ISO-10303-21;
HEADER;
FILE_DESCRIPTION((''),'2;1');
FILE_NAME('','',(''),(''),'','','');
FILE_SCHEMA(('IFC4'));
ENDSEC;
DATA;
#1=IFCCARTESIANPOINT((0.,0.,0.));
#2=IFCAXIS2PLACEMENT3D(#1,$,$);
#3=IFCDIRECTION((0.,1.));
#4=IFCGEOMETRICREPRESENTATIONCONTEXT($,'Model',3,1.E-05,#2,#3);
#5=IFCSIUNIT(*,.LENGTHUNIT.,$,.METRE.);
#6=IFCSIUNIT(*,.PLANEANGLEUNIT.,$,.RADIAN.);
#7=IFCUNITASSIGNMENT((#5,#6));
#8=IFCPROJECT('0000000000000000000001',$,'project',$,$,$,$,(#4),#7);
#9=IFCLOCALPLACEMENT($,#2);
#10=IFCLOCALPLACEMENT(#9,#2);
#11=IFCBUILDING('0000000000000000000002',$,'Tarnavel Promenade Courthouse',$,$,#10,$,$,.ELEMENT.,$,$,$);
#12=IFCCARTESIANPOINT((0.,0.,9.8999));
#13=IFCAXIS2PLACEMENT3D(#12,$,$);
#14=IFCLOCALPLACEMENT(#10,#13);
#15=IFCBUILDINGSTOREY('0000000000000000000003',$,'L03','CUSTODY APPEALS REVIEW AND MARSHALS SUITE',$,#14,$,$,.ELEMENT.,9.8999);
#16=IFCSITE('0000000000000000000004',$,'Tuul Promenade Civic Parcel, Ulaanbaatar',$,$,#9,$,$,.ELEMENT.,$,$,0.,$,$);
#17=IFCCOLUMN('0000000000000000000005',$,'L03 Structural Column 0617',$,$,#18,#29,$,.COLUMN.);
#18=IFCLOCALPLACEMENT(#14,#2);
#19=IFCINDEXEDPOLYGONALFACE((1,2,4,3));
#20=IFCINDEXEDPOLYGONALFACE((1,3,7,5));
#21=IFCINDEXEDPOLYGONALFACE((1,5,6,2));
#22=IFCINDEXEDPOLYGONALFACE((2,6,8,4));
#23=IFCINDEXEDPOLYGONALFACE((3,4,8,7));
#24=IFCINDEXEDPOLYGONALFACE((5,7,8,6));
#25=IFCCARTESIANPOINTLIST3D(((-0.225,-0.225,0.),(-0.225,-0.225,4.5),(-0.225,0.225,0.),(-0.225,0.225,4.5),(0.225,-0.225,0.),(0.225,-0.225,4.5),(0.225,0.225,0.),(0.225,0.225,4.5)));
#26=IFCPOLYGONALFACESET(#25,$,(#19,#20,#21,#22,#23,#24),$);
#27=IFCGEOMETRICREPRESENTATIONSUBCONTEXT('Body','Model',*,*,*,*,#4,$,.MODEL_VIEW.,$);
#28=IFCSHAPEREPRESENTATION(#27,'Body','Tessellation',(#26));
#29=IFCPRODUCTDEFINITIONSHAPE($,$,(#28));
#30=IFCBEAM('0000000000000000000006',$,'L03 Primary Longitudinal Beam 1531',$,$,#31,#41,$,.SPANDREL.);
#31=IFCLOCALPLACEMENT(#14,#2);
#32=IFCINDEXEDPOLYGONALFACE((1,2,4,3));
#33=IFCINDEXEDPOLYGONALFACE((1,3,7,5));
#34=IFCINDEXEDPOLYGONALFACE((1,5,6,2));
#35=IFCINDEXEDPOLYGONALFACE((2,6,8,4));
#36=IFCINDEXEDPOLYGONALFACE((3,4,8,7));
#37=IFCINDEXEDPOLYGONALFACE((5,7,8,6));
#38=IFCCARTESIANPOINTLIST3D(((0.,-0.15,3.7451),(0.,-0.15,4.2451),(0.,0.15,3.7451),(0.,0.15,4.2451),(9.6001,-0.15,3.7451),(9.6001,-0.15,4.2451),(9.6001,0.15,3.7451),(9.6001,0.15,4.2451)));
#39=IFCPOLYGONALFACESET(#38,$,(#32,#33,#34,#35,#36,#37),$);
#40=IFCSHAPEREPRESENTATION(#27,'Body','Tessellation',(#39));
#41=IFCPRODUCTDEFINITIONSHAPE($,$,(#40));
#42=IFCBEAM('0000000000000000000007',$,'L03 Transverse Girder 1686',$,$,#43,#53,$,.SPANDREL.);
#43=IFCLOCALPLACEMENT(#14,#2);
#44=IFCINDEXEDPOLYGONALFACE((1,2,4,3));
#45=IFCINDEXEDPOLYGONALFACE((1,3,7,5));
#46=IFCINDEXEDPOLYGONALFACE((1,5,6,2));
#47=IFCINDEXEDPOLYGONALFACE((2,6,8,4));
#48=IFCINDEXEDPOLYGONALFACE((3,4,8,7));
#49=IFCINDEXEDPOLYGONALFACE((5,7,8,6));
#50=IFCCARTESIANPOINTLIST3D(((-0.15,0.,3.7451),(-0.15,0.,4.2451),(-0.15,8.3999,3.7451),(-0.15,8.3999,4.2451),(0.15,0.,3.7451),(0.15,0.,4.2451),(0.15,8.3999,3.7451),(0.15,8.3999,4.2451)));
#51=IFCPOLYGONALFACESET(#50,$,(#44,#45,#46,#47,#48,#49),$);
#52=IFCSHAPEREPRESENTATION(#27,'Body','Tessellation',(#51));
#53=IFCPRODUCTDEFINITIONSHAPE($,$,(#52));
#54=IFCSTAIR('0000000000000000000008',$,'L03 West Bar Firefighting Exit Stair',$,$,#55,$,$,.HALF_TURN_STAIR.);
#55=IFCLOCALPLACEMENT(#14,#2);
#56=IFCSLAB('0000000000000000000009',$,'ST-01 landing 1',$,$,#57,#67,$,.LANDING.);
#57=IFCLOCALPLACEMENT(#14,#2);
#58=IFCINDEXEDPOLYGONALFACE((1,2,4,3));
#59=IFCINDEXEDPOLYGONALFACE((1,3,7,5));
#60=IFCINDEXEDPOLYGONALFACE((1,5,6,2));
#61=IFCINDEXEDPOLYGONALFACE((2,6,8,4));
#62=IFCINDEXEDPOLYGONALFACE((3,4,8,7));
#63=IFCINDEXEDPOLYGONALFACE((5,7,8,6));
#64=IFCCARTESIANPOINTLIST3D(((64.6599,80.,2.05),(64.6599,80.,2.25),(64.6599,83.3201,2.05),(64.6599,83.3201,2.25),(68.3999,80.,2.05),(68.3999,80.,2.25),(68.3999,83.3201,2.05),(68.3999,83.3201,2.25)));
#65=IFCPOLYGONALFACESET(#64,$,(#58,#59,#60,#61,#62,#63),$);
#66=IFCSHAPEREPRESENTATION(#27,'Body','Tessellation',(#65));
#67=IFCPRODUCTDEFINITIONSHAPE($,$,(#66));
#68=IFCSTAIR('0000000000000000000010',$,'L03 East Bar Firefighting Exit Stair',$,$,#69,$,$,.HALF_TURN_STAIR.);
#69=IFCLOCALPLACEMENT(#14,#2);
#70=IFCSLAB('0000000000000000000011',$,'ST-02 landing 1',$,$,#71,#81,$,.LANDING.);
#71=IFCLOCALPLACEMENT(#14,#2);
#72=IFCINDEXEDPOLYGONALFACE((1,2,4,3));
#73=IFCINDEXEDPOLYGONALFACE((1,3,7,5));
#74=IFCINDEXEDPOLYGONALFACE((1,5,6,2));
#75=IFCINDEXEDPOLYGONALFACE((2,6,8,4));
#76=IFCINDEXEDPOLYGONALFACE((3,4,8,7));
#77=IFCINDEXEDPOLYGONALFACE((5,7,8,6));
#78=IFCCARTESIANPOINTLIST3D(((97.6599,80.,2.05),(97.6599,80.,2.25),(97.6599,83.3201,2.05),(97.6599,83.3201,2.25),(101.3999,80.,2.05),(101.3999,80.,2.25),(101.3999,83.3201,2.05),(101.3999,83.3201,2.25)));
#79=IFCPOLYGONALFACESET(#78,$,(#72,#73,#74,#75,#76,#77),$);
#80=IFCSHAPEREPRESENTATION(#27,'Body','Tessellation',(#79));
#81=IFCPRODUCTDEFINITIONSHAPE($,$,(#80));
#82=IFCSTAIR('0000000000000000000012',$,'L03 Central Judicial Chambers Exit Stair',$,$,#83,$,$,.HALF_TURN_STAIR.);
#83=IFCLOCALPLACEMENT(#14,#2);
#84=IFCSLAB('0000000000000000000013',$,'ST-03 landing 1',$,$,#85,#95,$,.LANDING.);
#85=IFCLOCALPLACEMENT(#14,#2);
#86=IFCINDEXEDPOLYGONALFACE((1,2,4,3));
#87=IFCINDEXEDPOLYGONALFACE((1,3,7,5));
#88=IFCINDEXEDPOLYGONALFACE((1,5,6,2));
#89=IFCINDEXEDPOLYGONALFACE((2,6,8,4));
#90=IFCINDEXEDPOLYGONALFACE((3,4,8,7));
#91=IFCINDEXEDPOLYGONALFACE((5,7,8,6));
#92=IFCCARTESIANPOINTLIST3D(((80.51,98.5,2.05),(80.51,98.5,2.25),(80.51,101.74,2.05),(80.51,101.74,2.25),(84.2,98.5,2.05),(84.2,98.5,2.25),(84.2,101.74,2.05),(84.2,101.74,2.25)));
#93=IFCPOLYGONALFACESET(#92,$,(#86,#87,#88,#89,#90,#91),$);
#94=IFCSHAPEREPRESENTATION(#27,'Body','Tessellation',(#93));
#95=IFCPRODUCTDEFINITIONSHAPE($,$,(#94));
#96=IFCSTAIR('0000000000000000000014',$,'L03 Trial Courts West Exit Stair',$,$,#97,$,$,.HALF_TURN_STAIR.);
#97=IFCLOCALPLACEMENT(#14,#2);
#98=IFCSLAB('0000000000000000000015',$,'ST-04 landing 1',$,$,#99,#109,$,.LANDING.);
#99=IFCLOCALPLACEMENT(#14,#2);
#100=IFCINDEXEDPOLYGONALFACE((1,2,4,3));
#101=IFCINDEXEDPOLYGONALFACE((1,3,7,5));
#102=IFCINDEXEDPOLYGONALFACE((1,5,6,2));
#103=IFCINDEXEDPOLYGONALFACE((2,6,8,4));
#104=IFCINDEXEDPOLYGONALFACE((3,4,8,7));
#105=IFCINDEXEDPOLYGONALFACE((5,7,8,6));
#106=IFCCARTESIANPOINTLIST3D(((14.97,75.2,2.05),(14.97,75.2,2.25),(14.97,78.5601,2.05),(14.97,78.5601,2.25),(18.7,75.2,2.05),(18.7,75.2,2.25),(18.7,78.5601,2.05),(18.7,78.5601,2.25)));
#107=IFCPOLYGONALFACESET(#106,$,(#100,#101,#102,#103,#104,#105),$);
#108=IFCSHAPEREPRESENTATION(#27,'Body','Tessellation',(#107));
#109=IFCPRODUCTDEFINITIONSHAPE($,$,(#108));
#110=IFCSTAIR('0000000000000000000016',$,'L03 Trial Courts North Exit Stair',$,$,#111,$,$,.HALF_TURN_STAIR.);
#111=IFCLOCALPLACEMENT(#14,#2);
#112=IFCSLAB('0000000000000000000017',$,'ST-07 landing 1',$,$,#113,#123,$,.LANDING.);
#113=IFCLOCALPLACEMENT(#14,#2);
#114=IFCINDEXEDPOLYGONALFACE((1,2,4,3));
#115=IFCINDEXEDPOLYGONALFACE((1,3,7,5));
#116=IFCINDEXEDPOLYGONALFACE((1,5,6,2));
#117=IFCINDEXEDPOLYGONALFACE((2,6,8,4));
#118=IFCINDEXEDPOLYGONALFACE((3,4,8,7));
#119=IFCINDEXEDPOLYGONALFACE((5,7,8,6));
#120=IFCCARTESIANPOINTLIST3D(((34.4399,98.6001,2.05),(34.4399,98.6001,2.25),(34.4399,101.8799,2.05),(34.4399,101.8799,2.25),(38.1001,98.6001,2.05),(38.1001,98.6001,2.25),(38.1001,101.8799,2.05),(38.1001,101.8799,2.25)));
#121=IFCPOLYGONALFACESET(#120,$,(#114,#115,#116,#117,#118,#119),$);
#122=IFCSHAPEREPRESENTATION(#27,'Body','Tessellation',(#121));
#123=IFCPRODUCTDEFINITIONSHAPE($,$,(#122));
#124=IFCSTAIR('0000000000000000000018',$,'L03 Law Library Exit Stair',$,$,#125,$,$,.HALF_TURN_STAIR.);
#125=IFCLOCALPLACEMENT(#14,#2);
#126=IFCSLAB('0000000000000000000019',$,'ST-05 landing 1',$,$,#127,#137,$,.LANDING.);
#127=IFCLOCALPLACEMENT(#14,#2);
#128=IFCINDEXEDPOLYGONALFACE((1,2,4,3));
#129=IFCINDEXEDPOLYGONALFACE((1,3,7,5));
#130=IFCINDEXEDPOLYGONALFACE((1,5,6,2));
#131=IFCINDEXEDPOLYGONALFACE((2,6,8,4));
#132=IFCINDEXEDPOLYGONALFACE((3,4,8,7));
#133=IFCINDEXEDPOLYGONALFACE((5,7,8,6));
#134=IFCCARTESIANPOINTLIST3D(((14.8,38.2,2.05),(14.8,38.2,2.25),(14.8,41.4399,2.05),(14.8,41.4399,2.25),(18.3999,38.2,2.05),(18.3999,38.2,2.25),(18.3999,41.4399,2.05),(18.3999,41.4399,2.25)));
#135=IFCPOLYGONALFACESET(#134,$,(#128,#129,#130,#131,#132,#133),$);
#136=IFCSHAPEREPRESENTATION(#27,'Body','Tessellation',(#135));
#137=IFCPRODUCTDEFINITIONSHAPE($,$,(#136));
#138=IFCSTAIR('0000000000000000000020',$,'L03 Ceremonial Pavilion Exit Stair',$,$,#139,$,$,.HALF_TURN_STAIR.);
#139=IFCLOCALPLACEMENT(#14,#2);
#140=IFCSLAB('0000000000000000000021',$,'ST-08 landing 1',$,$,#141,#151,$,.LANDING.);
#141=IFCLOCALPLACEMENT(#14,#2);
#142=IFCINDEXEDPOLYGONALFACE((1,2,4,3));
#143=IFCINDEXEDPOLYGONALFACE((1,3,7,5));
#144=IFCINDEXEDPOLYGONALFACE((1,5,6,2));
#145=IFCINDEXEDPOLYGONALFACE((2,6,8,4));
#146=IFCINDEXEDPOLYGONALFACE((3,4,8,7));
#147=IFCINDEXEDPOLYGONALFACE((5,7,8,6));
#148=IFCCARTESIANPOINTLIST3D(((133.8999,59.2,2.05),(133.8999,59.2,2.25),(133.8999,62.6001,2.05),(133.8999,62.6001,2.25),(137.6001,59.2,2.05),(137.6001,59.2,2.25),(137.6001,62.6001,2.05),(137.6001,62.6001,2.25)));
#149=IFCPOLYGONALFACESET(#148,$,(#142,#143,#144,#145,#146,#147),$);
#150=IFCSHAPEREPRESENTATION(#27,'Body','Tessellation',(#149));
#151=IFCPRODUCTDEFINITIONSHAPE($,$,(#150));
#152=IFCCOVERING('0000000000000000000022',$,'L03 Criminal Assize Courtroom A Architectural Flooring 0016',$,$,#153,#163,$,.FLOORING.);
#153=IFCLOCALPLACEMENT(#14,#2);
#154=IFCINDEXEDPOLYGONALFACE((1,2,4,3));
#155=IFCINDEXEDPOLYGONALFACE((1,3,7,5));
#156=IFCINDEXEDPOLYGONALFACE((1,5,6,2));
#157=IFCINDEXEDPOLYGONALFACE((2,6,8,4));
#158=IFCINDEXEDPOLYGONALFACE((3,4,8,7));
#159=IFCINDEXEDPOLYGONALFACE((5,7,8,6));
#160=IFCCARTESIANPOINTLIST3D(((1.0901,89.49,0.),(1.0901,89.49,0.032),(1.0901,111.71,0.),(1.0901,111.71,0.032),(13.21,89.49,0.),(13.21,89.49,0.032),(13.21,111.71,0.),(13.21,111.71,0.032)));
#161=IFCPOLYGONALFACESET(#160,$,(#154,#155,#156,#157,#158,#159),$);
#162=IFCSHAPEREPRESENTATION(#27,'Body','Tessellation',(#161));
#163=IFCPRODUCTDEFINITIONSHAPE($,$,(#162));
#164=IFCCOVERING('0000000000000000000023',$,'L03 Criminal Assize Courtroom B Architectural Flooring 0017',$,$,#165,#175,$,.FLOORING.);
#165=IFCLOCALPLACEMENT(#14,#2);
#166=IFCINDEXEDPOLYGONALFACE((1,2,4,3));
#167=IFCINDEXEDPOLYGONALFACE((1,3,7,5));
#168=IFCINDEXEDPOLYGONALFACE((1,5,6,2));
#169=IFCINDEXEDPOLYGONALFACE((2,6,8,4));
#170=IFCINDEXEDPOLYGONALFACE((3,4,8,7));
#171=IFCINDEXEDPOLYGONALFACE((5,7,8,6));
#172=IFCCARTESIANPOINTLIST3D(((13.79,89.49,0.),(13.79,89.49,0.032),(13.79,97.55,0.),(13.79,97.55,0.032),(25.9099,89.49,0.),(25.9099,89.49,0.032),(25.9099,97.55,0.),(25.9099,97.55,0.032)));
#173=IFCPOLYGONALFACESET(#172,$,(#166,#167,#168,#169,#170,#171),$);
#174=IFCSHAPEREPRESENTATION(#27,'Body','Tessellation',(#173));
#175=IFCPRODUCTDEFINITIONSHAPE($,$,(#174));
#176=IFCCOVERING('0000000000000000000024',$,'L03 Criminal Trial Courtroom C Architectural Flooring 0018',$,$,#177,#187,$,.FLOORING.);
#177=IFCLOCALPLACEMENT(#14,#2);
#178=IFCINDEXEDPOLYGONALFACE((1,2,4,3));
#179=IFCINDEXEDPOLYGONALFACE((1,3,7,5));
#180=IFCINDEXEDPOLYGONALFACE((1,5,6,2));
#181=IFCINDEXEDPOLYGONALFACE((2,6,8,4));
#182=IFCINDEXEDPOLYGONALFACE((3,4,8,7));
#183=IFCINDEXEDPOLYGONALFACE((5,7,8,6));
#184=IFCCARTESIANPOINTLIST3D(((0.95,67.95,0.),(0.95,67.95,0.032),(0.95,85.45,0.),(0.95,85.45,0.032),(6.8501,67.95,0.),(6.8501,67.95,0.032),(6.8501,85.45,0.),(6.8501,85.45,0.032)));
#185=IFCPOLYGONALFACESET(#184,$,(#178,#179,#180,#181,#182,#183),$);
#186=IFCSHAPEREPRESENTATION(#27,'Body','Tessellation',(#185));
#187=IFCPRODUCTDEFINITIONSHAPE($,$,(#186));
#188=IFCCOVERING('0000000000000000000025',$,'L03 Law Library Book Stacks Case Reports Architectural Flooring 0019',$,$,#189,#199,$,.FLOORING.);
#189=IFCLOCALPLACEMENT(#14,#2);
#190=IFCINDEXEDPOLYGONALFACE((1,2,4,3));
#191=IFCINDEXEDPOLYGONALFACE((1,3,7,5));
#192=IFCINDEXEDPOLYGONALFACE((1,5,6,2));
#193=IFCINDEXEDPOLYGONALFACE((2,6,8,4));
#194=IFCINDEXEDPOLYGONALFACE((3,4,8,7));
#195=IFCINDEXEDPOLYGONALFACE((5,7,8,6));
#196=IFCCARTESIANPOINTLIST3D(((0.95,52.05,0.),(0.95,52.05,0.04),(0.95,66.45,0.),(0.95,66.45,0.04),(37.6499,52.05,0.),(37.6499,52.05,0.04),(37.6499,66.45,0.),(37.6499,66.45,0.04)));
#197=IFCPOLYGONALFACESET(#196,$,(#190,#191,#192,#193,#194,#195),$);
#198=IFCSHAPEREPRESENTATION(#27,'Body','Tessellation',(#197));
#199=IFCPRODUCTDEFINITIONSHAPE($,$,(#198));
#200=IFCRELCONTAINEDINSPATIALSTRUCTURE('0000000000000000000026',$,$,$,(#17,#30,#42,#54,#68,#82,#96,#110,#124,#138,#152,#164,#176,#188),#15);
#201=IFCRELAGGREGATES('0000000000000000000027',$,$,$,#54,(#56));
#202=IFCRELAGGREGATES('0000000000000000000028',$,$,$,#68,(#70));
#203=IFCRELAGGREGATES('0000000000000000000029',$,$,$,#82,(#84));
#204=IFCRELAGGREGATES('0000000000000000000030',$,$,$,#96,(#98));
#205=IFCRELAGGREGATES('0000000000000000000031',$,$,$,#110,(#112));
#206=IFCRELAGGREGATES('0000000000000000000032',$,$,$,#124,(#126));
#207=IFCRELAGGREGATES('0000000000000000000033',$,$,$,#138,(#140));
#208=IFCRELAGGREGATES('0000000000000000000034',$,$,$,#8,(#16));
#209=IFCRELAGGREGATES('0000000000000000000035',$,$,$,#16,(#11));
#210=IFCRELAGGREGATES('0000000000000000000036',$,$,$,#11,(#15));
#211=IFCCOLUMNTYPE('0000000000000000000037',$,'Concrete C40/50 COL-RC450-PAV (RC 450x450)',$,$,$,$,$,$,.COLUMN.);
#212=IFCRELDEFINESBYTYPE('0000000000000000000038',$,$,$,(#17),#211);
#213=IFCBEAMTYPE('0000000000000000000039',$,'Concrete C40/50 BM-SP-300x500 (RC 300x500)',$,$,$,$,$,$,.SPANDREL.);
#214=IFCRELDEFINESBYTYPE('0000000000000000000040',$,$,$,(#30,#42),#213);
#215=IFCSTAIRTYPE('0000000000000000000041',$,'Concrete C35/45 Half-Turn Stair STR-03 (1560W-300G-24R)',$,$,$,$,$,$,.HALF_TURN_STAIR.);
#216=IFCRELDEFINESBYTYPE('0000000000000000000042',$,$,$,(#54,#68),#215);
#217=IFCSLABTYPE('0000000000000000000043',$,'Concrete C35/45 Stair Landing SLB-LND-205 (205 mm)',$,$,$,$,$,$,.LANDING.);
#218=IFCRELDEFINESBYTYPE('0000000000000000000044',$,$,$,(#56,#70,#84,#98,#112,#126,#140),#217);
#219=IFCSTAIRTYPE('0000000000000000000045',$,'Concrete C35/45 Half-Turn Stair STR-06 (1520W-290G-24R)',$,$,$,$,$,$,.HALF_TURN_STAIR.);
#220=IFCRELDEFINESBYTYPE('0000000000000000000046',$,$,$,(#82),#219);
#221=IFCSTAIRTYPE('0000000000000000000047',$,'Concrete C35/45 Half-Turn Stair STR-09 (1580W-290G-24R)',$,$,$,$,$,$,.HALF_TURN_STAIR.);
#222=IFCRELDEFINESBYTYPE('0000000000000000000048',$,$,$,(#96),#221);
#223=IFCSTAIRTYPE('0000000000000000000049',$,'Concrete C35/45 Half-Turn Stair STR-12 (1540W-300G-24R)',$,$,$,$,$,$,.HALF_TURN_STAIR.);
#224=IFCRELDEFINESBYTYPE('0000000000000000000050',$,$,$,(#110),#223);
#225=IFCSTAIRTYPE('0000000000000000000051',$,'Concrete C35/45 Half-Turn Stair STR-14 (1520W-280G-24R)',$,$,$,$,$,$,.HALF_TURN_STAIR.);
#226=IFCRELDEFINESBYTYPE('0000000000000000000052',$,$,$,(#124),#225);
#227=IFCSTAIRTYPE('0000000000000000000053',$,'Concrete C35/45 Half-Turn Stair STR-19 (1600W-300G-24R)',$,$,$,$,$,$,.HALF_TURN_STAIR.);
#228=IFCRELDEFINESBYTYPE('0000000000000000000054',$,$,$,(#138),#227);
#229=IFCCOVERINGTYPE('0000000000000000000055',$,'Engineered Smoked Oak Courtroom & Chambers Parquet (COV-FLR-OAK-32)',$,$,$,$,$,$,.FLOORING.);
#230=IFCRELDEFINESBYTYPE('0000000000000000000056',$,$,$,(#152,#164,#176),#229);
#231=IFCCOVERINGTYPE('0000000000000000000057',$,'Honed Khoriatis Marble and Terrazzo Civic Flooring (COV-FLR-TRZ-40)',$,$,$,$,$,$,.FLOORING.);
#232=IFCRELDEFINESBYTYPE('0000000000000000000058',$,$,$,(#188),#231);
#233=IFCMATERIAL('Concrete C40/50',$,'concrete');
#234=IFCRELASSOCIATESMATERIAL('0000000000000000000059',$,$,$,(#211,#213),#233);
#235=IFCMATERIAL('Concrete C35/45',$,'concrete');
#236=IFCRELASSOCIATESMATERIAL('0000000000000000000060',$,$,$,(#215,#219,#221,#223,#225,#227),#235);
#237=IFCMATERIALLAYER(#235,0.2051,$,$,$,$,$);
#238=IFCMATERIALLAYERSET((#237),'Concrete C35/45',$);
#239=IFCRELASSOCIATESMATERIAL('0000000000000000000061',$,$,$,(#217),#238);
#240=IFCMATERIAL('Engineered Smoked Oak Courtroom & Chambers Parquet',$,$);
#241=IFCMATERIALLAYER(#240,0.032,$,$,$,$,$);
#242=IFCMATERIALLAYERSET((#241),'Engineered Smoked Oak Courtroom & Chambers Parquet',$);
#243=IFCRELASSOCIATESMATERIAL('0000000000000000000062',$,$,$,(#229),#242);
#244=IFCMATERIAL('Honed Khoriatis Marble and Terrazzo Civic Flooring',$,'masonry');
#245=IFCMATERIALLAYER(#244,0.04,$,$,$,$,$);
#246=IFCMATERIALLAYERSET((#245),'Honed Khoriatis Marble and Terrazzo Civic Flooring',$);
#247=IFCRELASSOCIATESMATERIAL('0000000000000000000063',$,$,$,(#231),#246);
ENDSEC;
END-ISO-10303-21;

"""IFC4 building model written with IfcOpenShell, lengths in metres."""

from ifc_helpers import new_model, si_unit, direction, frame, origin, origin_with_axes, origin_2d, place, context, subcontext, project, spatial, polyline, rectangle, outline, extrude, material, layer, layer_set, material_profile, profile_set, type_object, element, aggregate, save


model = new_model("IFC4")

# Units and contexts
model_context = context("Model", 3, precision=1e-05, world=origin(), true_north=direction((0.0, 1.0)))
body_context = subcontext(model_context, "Body", "Model", "MODEL_VIEW")
ifc_project = project(units=[si_unit("LENGTHUNIT", "METRE"), si_unit("PLANEANGLEUNIT", "RADIAN")], contexts=[model_context])

# Site, building, storey
site_placement = place(None, origin())
site = spatial("IfcSite", under=ifc_project, at=site_placement, Name="Tuul Promenade Civic Parcel, Ulaanbaatar", CompositionType="ELEMENT", RefElevation=0.0)
building_placement = place(site_placement, origin())
building = spatial("IfcBuilding", under=site, at=building_placement, Name="Tarnavel Promenade Courthouse", CompositionType="ELEMENT")
storey_placement = place(building_placement, frame((0.0, 0.0, 9.8999)))
storey = spatial("IfcBuildingStorey", under=building, at=storey_placement, Name="L03", Description="CUSTODY APPEALS REVIEW AND MARSHALS SUITE", CompositionType="ELEMENT", Elevation=9.8999)

# Column
ifc_material_1 = material(Name="Concrete C40/50", Category="concrete")
ifc_material_profile_1 = material_profile(ifc_material_1, rectangle(XDim=0.45, YDim=0.45, at=origin_2d()), Name="RC 450x450")
ifc_profile_set_1 = profile_set([ifc_material_profile_1], Name="Concrete C40/50")
column_type = type_object("IfcColumnType", Name="Concrete C40/50 COL-RC450-PAV (RC 450x450)", PredefinedType="COLUMN", material=ifc_profile_set_1)
column_placement = place(storey_placement, origin_with_axes())
element("IfcColumn", 1, at=column_placement, inside=storey, type_object=column_type, Name="L03 Structural Column 0617", PredefinedType="COLUMN", context=body_context, shape_type="SweptSolid", body=[
    extrude(rectangle(XDim=0.45, YDim=0.45, at=origin_2d()), origin(), (0.0, 0.0, 1.0), 4.5),
])

# Beams
ifc_material_profile_2 = material_profile(ifc_material_1, rectangle(XDim=0.3, YDim=0.5, at=origin_2d()), Name="RC 300x500")
ifc_profile_set_2 = profile_set([ifc_material_profile_2], Name="Concrete C40/50")
beam_type = type_object("IfcBeamType", Name="Concrete C40/50 BM-SP-300x500 (RC 300x500)", PredefinedType="SPANDREL", material=ifc_profile_set_2)
beam_1_placement = place(storey_placement, frame((0.0, 0.0, 3.9951), z_axis=(1.0, 0.0, 0.0), x_axis=(0.0, 1.0, 0.0)))
element("IfcBeam", 2, at=beam_1_placement, inside=storey, type_object=beam_type, Name="L03 Primary Longitudinal Beam 1531", PredefinedType="SPANDREL", context=body_context, shape_type="SweptSolid", body=[
    extrude(rectangle(XDim=0.3, YDim=0.5, at=origin_2d()), origin(), (0.0, 0.0, 1.0), 9.6001),
])
beam_2_placement = place(storey_placement, frame((0.0, 0.0, 3.9951), z_axis=(0.0, 1.0, 0.0), x_axis=(-1.0, 0.0, 0.0)))
element("IfcBeam", 3, at=beam_2_placement, inside=storey, type_object=beam_type, Name="L03 Transverse Girder 1686", PredefinedType="SPANDREL", context=body_context, shape_type="SweptSolid", body=[
    extrude(rectangle(XDim=0.3, YDim=0.5, at=origin_2d()), origin(), (0.0, 0.0, 1.0), 8.3999),
])

# Stairs, slabs
ifc_material_2 = material(Name="Concrete C35/45", Category="concrete")
stair_type_1 = type_object("IfcStairType", Name="Concrete C35/45 Half-Turn Stair STR-03 (1560W-300G-24R)", PredefinedType="HALF_TURN_STAIR", material=ifc_material_2)
stair_1_placement = place(storey_placement, origin())
stair_1 = element("IfcStair", 4, at=stair_1_placement, inside=storey, type_object=stair_type_1, Name="L03 West Bar Firefighting Exit Stair", PredefinedType="HALF_TURN_STAIR")
ifc_layer_1 = layer(ifc_material_2, 0.2051)
ifc_layer_set_1 = layer_set([ifc_layer_1], Name="Concrete C35/45")
slab_type = type_object("IfcSlabType", Name="Concrete C35/45 Stair Landing SLB-LND-205 (205 mm)", PredefinedType="LANDING", material=ifc_layer_set_1)
slab_1_placement = place(storey_placement, frame((0.0, 0.0, 2.05)))
slab_1 = element("IfcSlab", 5, at=slab_1_placement, type_object=slab_type, Name="ST-01 landing 1", PredefinedType="LANDING", context=body_context, shape_type="SweptSolid", body=[
    extrude(outline(polyline([(64.6599, 80.0), (68.3999, 80.0), (68.3999, 83.3201), (64.6599, 83.3201), (64.6599, 80.0)])), origin(), (0.0, 0.0, 1.0), 0.2),
])
aggregate(stair_1, [slab_1])
stair_2_placement = place(storey_placement, origin())
stair_2 = element("IfcStair", 6, at=stair_2_placement, inside=storey, type_object=stair_type_1, Name="L03 East Bar Firefighting Exit Stair", PredefinedType="HALF_TURN_STAIR")
slab_2_placement = place(storey_placement, frame((0.0, 0.0, 2.05)))
slab_2 = element("IfcSlab", 7, at=slab_2_placement, type_object=slab_type, Name="ST-02 landing 1", PredefinedType="LANDING", context=body_context, shape_type="SweptSolid", body=[
    extrude(outline(polyline([(97.6599, 80.0), (101.3999, 80.0), (101.3999, 83.3201), (97.6599, 83.3201), (97.6599, 80.0)])), origin(), (0.0, 0.0, 1.0), 0.2),
])
aggregate(stair_2, [slab_2])
stair_type_2 = type_object("IfcStairType", Name="Concrete C35/45 Half-Turn Stair STR-06 (1520W-290G-24R)", PredefinedType="HALF_TURN_STAIR", material=ifc_material_2)
stair_3_placement = place(storey_placement, origin())
stair_3 = element("IfcStair", 8, at=stair_3_placement, inside=storey, type_object=stair_type_2, Name="L03 Central Judicial Chambers Exit Stair", PredefinedType="HALF_TURN_STAIR")
slab_3_placement = place(storey_placement, frame((0.0, 0.0, 2.05)))
slab_3 = element("IfcSlab", 9, at=slab_3_placement, type_object=slab_type, Name="ST-03 landing 1", PredefinedType="LANDING", context=body_context, shape_type="SweptSolid", body=[
    extrude(outline(polyline([(80.51, 98.5), (84.2, 98.5), (84.2, 101.74), (80.51, 101.74), (80.51, 98.5)])), origin(), (0.0, 0.0, 1.0), 0.2),
])
aggregate(stair_3, [slab_3])
stair_type_3 = type_object("IfcStairType", Name="Concrete C35/45 Half-Turn Stair STR-09 (1580W-290G-24R)", PredefinedType="HALF_TURN_STAIR", material=ifc_material_2)
stair_4_placement = place(storey_placement, origin())
stair_4 = element("IfcStair", 10, at=stair_4_placement, inside=storey, type_object=stair_type_3, Name="L03 Trial Courts West Exit Stair", PredefinedType="HALF_TURN_STAIR")
slab_4_placement = place(storey_placement, frame((0.0, 0.0, 2.05)))
slab_4 = element("IfcSlab", 11, at=slab_4_placement, type_object=slab_type, Name="ST-04 landing 1", PredefinedType="LANDING", context=body_context, shape_type="SweptSolid", body=[
    extrude(outline(polyline([(14.97, 75.2), (18.7, 75.2), (18.7, 78.5601), (14.97, 78.5601), (14.97, 75.2)])), origin(), (0.0, 0.0, 1.0), 0.2),
])
aggregate(stair_4, [slab_4])
stair_type_4 = type_object("IfcStairType", Name="Concrete C35/45 Half-Turn Stair STR-12 (1540W-300G-24R)", PredefinedType="HALF_TURN_STAIR", material=ifc_material_2)
stair_5_placement = place(storey_placement, origin())
stair_5 = element("IfcStair", 12, at=stair_5_placement, inside=storey, type_object=stair_type_4, Name="L03 Trial Courts North Exit Stair", PredefinedType="HALF_TURN_STAIR")
slab_5_placement = place(storey_placement, frame((0.0, 0.0, 2.05)))
slab_5 = element("IfcSlab", 13, at=slab_5_placement, type_object=slab_type, Name="ST-07 landing 1", PredefinedType="LANDING", context=body_context, shape_type="SweptSolid", body=[
    extrude(outline(polyline([(34.4399, 98.6001), (38.1001, 98.6001), (38.1001, 101.8799), (34.4399, 101.8799), (34.4399, 98.6001)])), origin(), (0.0, 0.0, 1.0), 0.2),
])
aggregate(stair_5, [slab_5])
stair_type_5 = type_object("IfcStairType", Name="Concrete C35/45 Half-Turn Stair STR-14 (1520W-280G-24R)", PredefinedType="HALF_TURN_STAIR", material=ifc_material_2)
stair_6_placement = place(storey_placement, origin())
stair_6 = element("IfcStair", 14, at=stair_6_placement, inside=storey, type_object=stair_type_5, Name="L03 Law Library Exit Stair", PredefinedType="HALF_TURN_STAIR")
slab_6_placement = place(storey_placement, frame((0.0, 0.0, 2.05)))
slab_6 = element("IfcSlab", 15, at=slab_6_placement, type_object=slab_type, Name="ST-05 landing 1", PredefinedType="LANDING", context=body_context, shape_type="SweptSolid", body=[
    extrude(outline(polyline([(14.8, 38.2), (18.3999, 38.2), (18.3999, 41.4399), (14.8, 41.4399), (14.8, 38.2)])), origin(), (0.0, 0.0, 1.0), 0.2),
])
aggregate(stair_6, [slab_6])
stair_type_6 = type_object("IfcStairType", Name="Concrete C35/45 Half-Turn Stair STR-19 (1600W-300G-24R)", PredefinedType="HALF_TURN_STAIR", material=ifc_material_2)
stair_7_placement = place(storey_placement, origin())
stair_7 = element("IfcStair", 16, at=stair_7_placement, inside=storey, type_object=stair_type_6, Name="L03 Ceremonial Pavilion Exit Stair", PredefinedType="HALF_TURN_STAIR")
slab_7_placement = place(storey_placement, frame((0.0, 0.0, 2.05)))
slab_7 = element("IfcSlab", 17, at=slab_7_placement, type_object=slab_type, Name="ST-08 landing 1", PredefinedType="LANDING", context=body_context, shape_type="SweptSolid", body=[
    extrude(outline(polyline([(133.8999, 59.2), (137.6001, 59.2), (137.6001, 62.6001), (133.8999, 62.6001), (133.8999, 59.2)])), origin(), (0.0, 0.0, 1.0), 0.2),
])
aggregate(stair_7, [slab_7])

# Coverings
ifc_material_3 = material(Name="Engineered Smoked Oak Courtroom & Chambers Parquet")
ifc_layer_2 = layer(ifc_material_3, 0.032)
ifc_layer_set_2 = layer_set([ifc_layer_2], Name="Engineered Smoked Oak Courtroom & Chambers Parquet")
covering_type_1 = type_object("IfcCoveringType", Name="Engineered Smoked Oak Courtroom & Chambers Parquet (COV-FLR-OAK-32)", PredefinedType="FLOORING", material=ifc_layer_set_2)
covering_1_placement = place(storey_placement, origin())
element("IfcCovering", 18, at=covering_1_placement, inside=storey, type_object=covering_type_1, Name="L03 Criminal Assize Courtroom A Architectural Flooring 0016", PredefinedType="FLOORING", context=body_context, shape_type="SweptSolid", body=[
    extrude(outline(polyline([(1.0901, 89.49), (13.21, 89.49), (13.21, 111.71), (1.0901, 111.71), (1.0901, 89.49)])), origin(), (0.0, 0.0, 1.0), 0.032),
])
covering_2_placement = place(storey_placement, origin())
element("IfcCovering", 19, at=covering_2_placement, inside=storey, type_object=covering_type_1, Name="L03 Criminal Assize Courtroom B Architectural Flooring 0017", PredefinedType="FLOORING", context=body_context, shape_type="SweptSolid", body=[
    extrude(outline(polyline([(13.79, 89.49), (25.9099, 89.49), (25.9099, 97.55), (13.79, 97.55), (13.79, 89.49)])), origin(), (0.0, 0.0, 1.0), 0.032),
])
covering_3_placement = place(storey_placement, origin())
element("IfcCovering", 20, at=covering_3_placement, inside=storey, type_object=covering_type_1, Name="L03 Criminal Trial Courtroom C Architectural Flooring 0018", PredefinedType="FLOORING", context=body_context, shape_type="SweptSolid", body=[
    extrude(outline(polyline([(0.95, 67.95), (6.8501, 67.95), (6.8501, 85.45), (0.95, 85.45), (0.95, 67.95)])), origin(), (0.0, 0.0, 1.0), 0.032),
])
ifc_material_4 = material(Name="Honed Khoriatis Marble and Terrazzo Civic Flooring", Category="masonry")
ifc_layer_3 = layer(ifc_material_4, 0.04)
ifc_layer_set_3 = layer_set([ifc_layer_3], Name="Honed Khoriatis Marble and Terrazzo Civic Flooring")
covering_type_2 = type_object("IfcCoveringType", Name="Honed Khoriatis Marble and Terrazzo Civic Flooring (COV-FLR-TRZ-40)", PredefinedType="FLOORING", material=ifc_layer_set_3)
covering_4_placement = place(storey_placement, origin())
element("IfcCovering", 21, at=covering_4_placement, inside=storey, type_object=covering_type_2, Name="L03 Law Library Book Stacks Case Reports Architectural Flooring 0019", PredefinedType="FLOORING", context=body_context, shape_type="SweptSolid", body=[
    extrude(outline(polyline([(0.95, 52.05), (37.6499, 52.05), (37.6499, 66.45), (0.95, 66.45), (0.95, 52.05)])), origin(), (0.0, 0.0, 1.0), 0.04),
])

save(model, "model.ifc")
